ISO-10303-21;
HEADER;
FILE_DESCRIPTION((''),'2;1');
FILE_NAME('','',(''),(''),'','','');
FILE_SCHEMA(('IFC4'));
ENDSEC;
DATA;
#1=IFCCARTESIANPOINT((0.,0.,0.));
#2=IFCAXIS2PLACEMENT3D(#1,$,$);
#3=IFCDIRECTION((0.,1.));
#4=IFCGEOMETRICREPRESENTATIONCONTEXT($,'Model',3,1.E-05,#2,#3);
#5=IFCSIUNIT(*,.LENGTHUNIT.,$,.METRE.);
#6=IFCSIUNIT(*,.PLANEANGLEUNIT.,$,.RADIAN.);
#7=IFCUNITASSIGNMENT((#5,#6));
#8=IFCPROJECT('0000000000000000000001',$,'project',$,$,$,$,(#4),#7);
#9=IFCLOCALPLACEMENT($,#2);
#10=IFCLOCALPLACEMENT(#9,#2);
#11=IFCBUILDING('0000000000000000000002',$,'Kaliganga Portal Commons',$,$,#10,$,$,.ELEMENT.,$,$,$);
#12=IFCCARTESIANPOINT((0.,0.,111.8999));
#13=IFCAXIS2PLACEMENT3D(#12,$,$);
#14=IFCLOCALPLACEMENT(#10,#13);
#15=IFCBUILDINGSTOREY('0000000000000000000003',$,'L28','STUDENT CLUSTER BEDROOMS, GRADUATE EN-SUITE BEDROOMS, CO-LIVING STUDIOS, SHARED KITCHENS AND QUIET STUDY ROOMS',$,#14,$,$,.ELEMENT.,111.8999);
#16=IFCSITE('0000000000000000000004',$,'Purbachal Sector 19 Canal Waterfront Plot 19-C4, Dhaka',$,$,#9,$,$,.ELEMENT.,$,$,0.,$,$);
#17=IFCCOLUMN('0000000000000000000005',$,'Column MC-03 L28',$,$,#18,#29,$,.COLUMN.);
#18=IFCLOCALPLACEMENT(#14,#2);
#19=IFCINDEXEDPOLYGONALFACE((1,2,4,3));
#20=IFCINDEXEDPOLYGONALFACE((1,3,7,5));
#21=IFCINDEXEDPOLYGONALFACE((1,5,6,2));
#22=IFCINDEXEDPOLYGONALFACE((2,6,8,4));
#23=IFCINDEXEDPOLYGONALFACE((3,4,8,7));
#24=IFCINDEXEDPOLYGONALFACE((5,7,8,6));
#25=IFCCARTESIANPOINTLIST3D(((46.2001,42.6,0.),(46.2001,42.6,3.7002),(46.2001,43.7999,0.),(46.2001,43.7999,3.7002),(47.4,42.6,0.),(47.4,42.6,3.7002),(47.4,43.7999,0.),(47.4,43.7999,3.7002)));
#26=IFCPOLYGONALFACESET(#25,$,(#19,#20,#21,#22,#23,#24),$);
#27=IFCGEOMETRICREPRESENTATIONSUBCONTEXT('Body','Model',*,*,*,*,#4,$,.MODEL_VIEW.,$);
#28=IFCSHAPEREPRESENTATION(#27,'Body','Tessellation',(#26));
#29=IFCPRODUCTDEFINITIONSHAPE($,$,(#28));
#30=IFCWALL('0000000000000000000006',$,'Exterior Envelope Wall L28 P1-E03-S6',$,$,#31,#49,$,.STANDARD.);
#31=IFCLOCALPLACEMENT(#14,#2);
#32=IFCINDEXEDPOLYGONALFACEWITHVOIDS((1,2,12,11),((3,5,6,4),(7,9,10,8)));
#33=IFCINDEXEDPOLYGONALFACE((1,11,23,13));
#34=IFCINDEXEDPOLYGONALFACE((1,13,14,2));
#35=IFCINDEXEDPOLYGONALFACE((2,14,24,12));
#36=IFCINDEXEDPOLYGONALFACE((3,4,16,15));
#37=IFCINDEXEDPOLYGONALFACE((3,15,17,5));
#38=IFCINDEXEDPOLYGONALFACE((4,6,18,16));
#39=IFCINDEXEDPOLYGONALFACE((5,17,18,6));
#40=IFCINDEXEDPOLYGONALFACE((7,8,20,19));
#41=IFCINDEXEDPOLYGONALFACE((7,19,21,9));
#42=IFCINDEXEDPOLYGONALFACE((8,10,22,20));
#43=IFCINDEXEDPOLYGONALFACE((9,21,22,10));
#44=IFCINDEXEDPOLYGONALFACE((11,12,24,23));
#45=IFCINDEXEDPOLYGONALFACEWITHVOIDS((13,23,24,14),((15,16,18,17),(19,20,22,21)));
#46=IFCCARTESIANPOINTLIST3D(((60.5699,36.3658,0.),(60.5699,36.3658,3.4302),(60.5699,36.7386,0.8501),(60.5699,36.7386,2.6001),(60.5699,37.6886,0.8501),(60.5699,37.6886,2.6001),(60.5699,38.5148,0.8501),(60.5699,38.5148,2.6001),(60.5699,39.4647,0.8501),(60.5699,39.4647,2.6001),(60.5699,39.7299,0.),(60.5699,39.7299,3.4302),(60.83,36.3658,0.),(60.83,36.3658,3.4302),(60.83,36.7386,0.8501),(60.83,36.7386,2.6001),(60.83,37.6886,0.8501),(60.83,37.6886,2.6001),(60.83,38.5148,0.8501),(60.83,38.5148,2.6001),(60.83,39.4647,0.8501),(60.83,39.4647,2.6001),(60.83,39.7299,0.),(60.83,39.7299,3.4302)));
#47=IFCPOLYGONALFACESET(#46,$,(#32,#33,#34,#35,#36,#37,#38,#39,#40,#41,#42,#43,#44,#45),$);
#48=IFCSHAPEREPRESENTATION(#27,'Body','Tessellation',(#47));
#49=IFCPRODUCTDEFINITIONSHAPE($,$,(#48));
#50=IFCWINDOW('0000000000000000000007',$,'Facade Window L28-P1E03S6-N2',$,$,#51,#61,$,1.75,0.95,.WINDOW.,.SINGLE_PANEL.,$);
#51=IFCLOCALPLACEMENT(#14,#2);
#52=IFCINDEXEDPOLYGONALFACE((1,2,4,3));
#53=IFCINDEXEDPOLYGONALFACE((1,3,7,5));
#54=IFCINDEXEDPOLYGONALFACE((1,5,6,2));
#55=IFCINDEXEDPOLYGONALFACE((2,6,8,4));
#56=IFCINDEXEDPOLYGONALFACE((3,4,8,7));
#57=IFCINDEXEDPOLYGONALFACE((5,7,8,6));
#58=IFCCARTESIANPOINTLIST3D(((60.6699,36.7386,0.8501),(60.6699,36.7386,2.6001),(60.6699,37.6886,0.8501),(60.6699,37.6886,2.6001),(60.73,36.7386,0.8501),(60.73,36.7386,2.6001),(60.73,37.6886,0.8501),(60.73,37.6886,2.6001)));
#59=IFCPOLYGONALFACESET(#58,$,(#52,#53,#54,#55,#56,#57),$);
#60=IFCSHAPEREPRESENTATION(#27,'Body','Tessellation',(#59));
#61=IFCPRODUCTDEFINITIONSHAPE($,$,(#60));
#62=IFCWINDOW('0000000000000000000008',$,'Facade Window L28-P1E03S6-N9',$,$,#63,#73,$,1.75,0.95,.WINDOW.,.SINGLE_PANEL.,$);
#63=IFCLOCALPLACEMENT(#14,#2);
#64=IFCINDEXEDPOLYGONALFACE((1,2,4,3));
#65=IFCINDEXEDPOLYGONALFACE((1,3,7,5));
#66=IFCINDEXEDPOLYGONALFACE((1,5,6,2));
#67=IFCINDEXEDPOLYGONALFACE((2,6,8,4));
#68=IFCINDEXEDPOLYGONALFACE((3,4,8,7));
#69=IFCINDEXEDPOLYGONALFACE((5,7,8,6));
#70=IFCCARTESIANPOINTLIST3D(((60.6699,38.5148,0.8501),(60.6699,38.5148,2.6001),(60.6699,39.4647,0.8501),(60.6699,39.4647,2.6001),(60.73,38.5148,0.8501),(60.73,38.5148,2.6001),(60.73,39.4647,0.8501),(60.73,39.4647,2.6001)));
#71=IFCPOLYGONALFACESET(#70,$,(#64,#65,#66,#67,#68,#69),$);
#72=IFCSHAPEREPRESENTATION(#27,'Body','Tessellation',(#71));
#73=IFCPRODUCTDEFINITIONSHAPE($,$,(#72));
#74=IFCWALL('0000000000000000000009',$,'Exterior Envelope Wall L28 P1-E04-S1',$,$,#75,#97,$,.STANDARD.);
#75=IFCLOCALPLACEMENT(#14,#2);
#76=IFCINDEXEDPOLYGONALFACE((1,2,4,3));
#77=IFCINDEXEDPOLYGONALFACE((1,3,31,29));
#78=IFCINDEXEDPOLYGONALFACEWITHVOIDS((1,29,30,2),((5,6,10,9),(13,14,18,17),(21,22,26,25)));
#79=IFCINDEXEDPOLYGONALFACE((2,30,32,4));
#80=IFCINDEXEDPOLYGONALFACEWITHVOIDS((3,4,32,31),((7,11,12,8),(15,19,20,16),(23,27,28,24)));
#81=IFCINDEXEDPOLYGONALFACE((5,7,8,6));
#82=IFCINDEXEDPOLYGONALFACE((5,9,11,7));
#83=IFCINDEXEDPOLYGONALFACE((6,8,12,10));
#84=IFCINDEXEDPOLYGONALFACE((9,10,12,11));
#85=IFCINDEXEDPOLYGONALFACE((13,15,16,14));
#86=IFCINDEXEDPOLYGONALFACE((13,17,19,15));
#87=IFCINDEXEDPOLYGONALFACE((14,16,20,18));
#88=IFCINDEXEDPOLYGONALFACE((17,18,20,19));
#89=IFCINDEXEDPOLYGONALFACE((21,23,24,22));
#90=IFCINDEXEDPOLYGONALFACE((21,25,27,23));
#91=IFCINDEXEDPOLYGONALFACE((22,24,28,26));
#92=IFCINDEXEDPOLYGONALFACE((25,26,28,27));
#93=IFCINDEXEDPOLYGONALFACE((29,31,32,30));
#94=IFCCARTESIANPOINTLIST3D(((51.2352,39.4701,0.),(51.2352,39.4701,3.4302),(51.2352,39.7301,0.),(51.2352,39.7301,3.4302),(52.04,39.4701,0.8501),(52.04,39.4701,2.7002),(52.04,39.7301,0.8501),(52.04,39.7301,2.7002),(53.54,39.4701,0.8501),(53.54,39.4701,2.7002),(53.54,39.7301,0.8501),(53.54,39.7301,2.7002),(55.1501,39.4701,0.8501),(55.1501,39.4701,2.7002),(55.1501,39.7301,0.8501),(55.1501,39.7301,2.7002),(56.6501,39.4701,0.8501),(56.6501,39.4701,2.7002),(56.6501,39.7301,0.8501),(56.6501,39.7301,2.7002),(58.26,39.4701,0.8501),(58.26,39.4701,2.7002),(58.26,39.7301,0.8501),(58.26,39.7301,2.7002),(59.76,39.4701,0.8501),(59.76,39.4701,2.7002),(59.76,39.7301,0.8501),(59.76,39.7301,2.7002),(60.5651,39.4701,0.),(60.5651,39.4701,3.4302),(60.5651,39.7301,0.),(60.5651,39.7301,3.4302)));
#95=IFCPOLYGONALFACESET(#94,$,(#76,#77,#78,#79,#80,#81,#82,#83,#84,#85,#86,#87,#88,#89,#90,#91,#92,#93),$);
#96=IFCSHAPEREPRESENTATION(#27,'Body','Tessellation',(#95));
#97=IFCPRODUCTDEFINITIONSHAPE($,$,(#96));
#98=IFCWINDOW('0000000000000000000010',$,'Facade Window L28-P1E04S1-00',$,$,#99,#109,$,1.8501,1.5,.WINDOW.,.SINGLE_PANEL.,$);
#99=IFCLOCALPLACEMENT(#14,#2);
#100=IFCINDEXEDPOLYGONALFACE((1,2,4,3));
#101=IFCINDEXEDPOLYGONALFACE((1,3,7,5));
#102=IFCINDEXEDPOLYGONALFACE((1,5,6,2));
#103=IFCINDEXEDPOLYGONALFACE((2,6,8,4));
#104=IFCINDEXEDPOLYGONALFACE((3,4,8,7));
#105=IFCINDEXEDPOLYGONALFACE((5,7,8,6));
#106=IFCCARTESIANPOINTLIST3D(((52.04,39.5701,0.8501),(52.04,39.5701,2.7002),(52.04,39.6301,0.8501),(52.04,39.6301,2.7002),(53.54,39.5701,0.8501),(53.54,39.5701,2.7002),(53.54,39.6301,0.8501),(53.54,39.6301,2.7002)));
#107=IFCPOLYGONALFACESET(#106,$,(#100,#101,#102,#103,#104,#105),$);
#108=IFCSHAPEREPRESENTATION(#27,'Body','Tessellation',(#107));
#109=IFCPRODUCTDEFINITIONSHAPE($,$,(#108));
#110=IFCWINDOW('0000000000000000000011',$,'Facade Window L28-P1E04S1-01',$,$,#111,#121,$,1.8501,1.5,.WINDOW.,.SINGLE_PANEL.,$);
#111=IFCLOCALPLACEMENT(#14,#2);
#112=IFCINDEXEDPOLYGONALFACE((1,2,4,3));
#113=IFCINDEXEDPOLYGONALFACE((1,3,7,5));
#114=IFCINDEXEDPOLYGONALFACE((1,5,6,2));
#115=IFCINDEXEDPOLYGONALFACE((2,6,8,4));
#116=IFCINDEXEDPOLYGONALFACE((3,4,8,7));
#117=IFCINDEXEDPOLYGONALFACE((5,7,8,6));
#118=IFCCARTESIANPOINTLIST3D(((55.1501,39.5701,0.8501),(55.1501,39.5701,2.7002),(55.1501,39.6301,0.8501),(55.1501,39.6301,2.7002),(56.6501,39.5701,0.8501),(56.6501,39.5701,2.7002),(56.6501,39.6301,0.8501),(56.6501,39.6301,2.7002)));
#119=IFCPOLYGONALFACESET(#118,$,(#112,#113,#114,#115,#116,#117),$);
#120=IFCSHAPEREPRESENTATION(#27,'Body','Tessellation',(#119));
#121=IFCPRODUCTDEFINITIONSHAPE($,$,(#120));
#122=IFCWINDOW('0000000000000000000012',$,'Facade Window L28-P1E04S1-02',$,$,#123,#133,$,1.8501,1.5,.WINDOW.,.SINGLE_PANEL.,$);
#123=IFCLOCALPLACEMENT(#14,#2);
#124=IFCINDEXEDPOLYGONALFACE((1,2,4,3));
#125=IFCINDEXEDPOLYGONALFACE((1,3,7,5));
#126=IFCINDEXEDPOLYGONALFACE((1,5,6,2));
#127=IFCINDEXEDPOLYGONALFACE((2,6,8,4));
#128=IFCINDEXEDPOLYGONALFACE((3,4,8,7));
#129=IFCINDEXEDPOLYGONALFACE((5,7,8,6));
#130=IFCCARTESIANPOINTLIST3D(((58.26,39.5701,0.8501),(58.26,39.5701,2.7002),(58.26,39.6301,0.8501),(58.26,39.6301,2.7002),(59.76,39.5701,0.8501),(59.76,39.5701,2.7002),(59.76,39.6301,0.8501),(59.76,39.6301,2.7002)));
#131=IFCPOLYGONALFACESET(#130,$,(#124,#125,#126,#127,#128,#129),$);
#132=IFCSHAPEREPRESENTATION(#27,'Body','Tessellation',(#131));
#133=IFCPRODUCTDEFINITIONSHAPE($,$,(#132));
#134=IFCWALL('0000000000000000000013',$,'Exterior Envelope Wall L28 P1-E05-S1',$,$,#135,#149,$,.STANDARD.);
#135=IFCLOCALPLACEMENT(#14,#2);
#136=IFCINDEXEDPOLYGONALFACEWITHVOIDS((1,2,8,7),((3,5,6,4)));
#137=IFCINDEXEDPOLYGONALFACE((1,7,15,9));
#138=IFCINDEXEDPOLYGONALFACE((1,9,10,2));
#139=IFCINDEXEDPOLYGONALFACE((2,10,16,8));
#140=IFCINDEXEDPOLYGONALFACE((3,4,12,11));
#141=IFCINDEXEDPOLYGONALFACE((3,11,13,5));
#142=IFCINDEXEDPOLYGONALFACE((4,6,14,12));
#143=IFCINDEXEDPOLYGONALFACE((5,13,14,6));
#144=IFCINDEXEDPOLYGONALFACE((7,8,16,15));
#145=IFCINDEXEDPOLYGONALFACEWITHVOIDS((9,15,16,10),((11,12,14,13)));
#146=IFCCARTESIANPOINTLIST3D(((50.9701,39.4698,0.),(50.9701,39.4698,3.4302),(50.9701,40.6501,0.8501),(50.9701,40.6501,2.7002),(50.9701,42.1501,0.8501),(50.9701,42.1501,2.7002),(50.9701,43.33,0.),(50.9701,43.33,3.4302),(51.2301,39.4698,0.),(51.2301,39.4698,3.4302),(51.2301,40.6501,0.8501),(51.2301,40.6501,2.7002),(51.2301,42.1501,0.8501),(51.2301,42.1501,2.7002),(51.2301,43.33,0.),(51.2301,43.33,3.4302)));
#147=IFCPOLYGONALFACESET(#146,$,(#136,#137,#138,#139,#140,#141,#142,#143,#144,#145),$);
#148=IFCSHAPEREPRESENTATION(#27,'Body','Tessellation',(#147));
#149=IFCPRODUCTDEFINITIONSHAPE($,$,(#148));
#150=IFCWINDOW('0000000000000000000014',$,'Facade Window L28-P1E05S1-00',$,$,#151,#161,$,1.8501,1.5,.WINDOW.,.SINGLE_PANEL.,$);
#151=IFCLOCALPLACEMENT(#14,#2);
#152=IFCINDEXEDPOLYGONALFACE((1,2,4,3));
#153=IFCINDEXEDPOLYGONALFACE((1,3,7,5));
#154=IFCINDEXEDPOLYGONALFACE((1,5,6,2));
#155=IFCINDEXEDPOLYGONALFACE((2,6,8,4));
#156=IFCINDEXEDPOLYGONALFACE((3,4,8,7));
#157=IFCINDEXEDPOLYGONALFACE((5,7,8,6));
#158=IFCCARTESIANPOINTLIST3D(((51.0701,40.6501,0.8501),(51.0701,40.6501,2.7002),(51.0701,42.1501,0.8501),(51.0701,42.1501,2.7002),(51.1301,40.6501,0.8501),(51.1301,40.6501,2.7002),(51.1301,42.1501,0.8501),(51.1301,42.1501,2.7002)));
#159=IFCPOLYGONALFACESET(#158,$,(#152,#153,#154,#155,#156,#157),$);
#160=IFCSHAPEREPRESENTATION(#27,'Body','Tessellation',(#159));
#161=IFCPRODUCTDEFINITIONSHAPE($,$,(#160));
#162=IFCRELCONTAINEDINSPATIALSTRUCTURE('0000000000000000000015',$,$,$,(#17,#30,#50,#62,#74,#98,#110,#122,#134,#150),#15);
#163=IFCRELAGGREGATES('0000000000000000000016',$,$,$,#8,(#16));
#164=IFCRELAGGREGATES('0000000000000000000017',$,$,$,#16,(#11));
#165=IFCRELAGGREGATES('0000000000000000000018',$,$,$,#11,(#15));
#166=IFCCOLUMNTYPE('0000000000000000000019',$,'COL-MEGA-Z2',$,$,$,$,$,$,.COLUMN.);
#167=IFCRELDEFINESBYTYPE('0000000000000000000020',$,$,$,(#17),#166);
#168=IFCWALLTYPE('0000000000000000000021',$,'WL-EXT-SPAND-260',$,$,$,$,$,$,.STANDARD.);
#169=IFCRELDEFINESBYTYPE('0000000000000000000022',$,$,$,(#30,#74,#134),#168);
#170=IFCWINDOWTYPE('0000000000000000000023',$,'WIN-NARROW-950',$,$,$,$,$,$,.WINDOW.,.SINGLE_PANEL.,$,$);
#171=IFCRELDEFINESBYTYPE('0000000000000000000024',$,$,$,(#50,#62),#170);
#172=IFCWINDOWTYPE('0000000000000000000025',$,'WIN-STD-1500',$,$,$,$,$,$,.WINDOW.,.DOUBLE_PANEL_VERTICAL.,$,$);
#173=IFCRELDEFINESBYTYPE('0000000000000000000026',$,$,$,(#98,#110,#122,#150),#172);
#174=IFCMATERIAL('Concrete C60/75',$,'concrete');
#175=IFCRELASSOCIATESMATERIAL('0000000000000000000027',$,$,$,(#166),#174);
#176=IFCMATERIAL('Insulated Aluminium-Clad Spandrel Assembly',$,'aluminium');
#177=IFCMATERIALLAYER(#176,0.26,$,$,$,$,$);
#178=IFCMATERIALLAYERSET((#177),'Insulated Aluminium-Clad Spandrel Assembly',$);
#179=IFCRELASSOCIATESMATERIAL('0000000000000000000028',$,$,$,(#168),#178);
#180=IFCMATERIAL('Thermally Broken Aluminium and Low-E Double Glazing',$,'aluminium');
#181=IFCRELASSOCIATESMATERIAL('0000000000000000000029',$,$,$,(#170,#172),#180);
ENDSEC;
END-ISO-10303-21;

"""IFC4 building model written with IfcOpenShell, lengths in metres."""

from ifc_helpers import new_model, si_unit, direction, frame, frame_2d, origin, origin_2d, place, context, subcontext, project, spatial, rectangle, extrude, source, transform, mapped, material, layer, layer_set, material_profile, profile_set, type_object, element, fill, save


model = new_model("IFC4")

# Units and contexts
model_context = context("Model", 3, precision=1e-05, world=origin(), true_north=direction((0.0, 1.0)))
body_context = subcontext(model_context, "Body", "Model", "MODEL_VIEW")
ifc_project = project(units=[si_unit("LENGTHUNIT", "METRE"), si_unit("PLANEANGLEUNIT", "RADIAN")], contexts=[model_context])

# Site, building, storey
site_placement = place(None, origin())
site = spatial("IfcSite", under=ifc_project, at=site_placement, Name="Purbachal Sector 19 Canal Waterfront Plot 19-C4, Dhaka", CompositionType="ELEMENT", RefElevation=0.0)
building_placement = place(site_placement, origin())
building = spatial("IfcBuilding", under=site, at=building_placement, Name="Kaliganga Portal Commons", CompositionType="ELEMENT")
storey_placement = place(building_placement, frame((0.0, 0.0, 111.8999)))
storey = spatial("IfcBuildingStorey", under=building, at=storey_placement, Name="L28", Description="STUDENT CLUSTER BEDROOMS, GRADUATE EN-SUITE BEDROOMS, CO-LIVING STUDIOS, SHARED KITCHENS AND QUIET STUDY ROOMS", CompositionType="ELEMENT", Elevation=111.8999)

# Column
ifc_material_1 = material(Name="Concrete C60/75", Category="concrete")
ifc_material_profile = material_profile(ifc_material_1, rectangle(XDim=1.2, YDim=1.2, at=origin_2d()), Name="RC 1200x1200")
ifc_profile_set = profile_set([ifc_material_profile], Name="Concrete C60/75")
column_type = type_object("IfcColumnType", Name="COL-MEGA-Z2", PredefinedType="COLUMN", material=ifc_profile_set)
shared_shape = source(origin(), body_context, "Body", "SweptSolid", [
    extrude(rectangle(XDim=1.2, YDim=1.2, at=origin_2d()), origin(), (0.0, 0.0, 1.0), 3.7002),
])
column_placement = place(storey_placement, frame((46.8, 43.2, 0.0), z_axis=(0.0, 0.0, 1.0), x_axis=(1.0, 0.0, 0.0)))
element("IfcColumn", 1, at=column_placement, inside=storey, type_object=column_type, Name="Column MC-03 L28", PredefinedType="COLUMN", context=body_context, shape_type="MappedRepresentation", body=[
    mapped(shared_shape, transform((0.0, 0.0, 0.0), x_axis=(1.0, 0.0, 0.0), y_axis=(0.0, 1.0, 0.0), z_axis=(0.0, 0.0, 1.0), scale=1.0)),
])

# Walls, openings, windows
ifc_material_2 = material(Name="Insulated Aluminium-Clad Spandrel Assembly", Category="aluminium")
ifc_layer_1 = layer(ifc_material_2, 0.26)
ifc_layer_set_1 = layer_set([ifc_layer_1], Name="Insulated Aluminium-Clad Spandrel Assembly")
wall_type_1 = type_object("IfcWallType", Name="WL-EXT-SPAND-260", PredefinedType="STANDARD", material=ifc_layer_set_1)
wall_1_placement = place(storey_placement, frame((60.7, 39.73, 0.0), z_axis=(0.0, 0.0, 1.0), x_axis=(0.0, -1.0, 0.0)))
wall_1 = element("IfcWall", 2, at=wall_1_placement, inside=storey, type_object=wall_type_1, Name="Exterior Envelope Wall L28 P1-E03-S6", PredefinedType="STANDARD", context=body_context, shape_type="SweptSolid", body=[
    extrude(rectangle(XDim=3.364, YDim=0.26, at=frame_2d((1.6821, 0.0))), origin(), (0.0, 0.0, 1.0), 3.4302),
])
opening_1_placement = place(wall_1_placement, frame((2.0413, 0.0, 0.8501)))
opening_1 = element("IfcOpeningElement", 3, at=opening_1_placement, cuts=wall_1, PredefinedType="OPENING", context=body_context, shape_type="SweptSolid", body=[
    extrude(rectangle(XDim=0.95, YDim=1.75, at=frame_2d((0.4751, 0.875))), frame((0.0, 0.1401, 0.0), z_axis=(0.0, -1.0, 0.0), x_axis=(1.0, 0.0, 0.0)), (0.0, 0.0, 1.0), 0.28),
])
opening_2_placement = place(wall_1_placement, frame((0.2651, 0.0, 0.8501)))
opening_2 = element("IfcOpeningElement", 4, at=opening_2_placement, cuts=wall_1, PredefinedType="OPENING", context=body_context, shape_type="SweptSolid", body=[
    extrude(rectangle(XDim=0.95, YDim=1.75, at=frame_2d((0.4751, 0.875))), frame((0.0, 0.1401, 0.0), z_axis=(0.0, -1.0, 0.0), x_axis=(1.0, 0.0, 0.0)), (0.0, 0.0, 1.0), 0.28),
])
ifc_material_3 = material(Name="Thermally Broken Aluminium and Low-E Double Glazing", Category="aluminium")
window_type_1 = type_object("IfcWindowType", Name="WIN-NARROW-950", PartitioningType="SINGLE_PANEL", PredefinedType="WINDOW", material=ifc_material_3)
window_1_placement = place(opening_1_placement, origin())
window_1 = element("IfcWindow", 5, at=window_1_placement, inside=storey, type_object=window_type_1, Name="Facade Window L28-P1E03S6-N2", OverallHeight=1.75, OverallWidth=0.95, PartitioningType="SINGLE_PANEL", PredefinedType="WINDOW", context=body_context, shape_type="SweptSolid", body=[
    extrude(rectangle(XDim=0.95, YDim=1.75, at=frame_2d((0.4751, 0.875))), frame((0.0, 0.03, 0.0), z_axis=(0.0, -1.0, 0.0), x_axis=(1.0, 0.0, 0.0)), (0.0, 0.0, 1.0), 0.0601),
])
fill(opening_1, window_1)
window_2_placement = place(opening_2_placement, origin())
window_2 = element("IfcWindow", 6, at=window_2_placement, inside=storey, type_object=window_type_1, Name="Facade Window L28-P1E03S6-N9", OverallHeight=1.75, OverallWidth=0.95, PartitioningType="SINGLE_PANEL", PredefinedType="WINDOW", context=body_context, shape_type="SweptSolid", body=[
    extrude(rectangle(XDim=0.95, YDim=1.75, at=frame_2d((0.4751, 0.875))), frame((0.0, 0.03, 0.0), z_axis=(0.0, -1.0, 0.0), x_axis=(1.0, 0.0, 0.0)), (0.0, 0.0, 1.0), 0.0601),
])
fill(opening_2, window_2)
wall_2_placement = place(storey_placement, frame((51.2351, 39.6001, 0.0), z_axis=(0.0, 0.0, 1.0), x_axis=(1.0, 0.0, 0.0)))
wall_2 = element("IfcWall", 7, at=wall_2_placement, inside=storey, type_object=wall_type_1, Name="Exterior Envelope Wall L28 P1-E04-S1", PredefinedType="STANDARD", context=body_context, shape_type="SweptSolid", body=[
    extrude(rectangle(XDim=9.3298, YDim=0.26, at=frame_2d((4.665, 0.0))), origin(), (0.0, 0.0, 1.0), 3.4302),
])
opening_3_placement = place(wall_2_placement, frame((0.8049, 0.0, 0.8501)))
opening_3 = element("IfcOpeningElement", 8, at=opening_3_placement, cuts=wall_2, PredefinedType="OPENING", context=body_context, shape_type="SweptSolid", body=[
    extrude(rectangle(XDim=1.5, YDim=1.8501, at=frame_2d((0.75, 0.925))), frame((0.0, 0.1401, 0.0), z_axis=(0.0, -1.0, 0.0), x_axis=(1.0, 0.0, 0.0)), (0.0, 0.0, 1.0), 0.28),
])
opening_4_placement = place(wall_2_placement, frame((3.915, 0.0, 0.8501)))
opening_4 = element("IfcOpeningElement", 9, at=opening_4_placement, cuts=wall_2, PredefinedType="OPENING", context=body_context, shape_type="SweptSolid", body=[
    extrude(rectangle(XDim=1.5, YDim=1.8501, at=frame_2d((0.75, 0.925))), frame((0.0, 0.1401, 0.0), z_axis=(0.0, -1.0, 0.0), x_axis=(1.0, 0.0, 0.0)), (0.0, 0.0, 1.0), 0.28),
])
opening_5_placement = place(wall_2_placement, frame((7.0249, 0.0, 0.8501)))
opening_5 = element("IfcOpeningElement", 10, at=opening_5_placement, cuts=wall_2, PredefinedType="OPENING", context=body_context, shape_type="SweptSolid", body=[
    extrude(rectangle(XDim=1.5, YDim=1.8501, at=frame_2d((0.75, 0.925))), frame((0.0, 0.1401, 0.0), z_axis=(0.0, -1.0, 0.0), x_axis=(1.0, 0.0, 0.0)), (0.0, 0.0, 1.0), 0.28),
])
window_type_2 = type_object("IfcWindowType", Name="WIN-STD-1500", PartitioningType="DOUBLE_PANEL_VERTICAL", PredefinedType="WINDOW", material=ifc_material_3)
window_3_placement = place(opening_3_placement, origin())
window_3 = element("IfcWindow", 11, at=window_3_placement, inside=storey, type_object=window_type_2, Name="Facade Window L28-P1E04S1-00", OverallHeight=1.8501, OverallWidth=1.5, PartitioningType="SINGLE_PANEL", PredefinedType="WINDOW", context=body_context, shape_type="SweptSolid", body=[
    extrude(rectangle(XDim=1.5, YDim=1.8501, at=frame_2d((0.75, 0.925))), frame((0.0, 0.03, 0.0), z_axis=(0.0, -1.0, 0.0), x_axis=(1.0, 0.0, 0.0)), (0.0, 0.0, 1.0), 0.0601),
])
fill(opening_3, window_3)
window_4_placement = place(opening_4_placement, origin())
window_4 = element("IfcWindow", 12, at=window_4_placement, inside=storey, type_object=window_type_2, Name="Facade Window L28-P1E04S1-01", OverallHeight=1.8501, OverallWidth=1.5, PartitioningType="SINGLE_PANEL", PredefinedType="WINDOW", context=body_context, shape_type="SweptSolid", body=[
    extrude(rectangle(XDim=1.5, YDim=1.8501, at=frame_2d((0.75, 0.925))), frame((0.0, 0.03, 0.0), z_axis=(0.0, -1.0, 0.0), x_axis=(1.0, 0.0, 0.0)), (0.0, 0.0, 1.0), 0.0601),
])
fill(opening_4, window_4)
window_5_placement = place(opening_5_placement, origin())
window_5 = element("IfcWindow", 13, at=window_5_placement, inside=storey, type_object=window_type_2, Name="Facade Window L28-P1E04S1-02", OverallHeight=1.8501, OverallWidth=1.5, PartitioningType="SINGLE_PANEL", PredefinedType="WINDOW", context=body_context, shape_type="SweptSolid", body=[
    extrude(rectangle(XDim=1.5, YDim=1.8501, at=frame_2d((0.75, 0.925))), frame((0.0, 0.03, 0.0), z_axis=(0.0, -1.0, 0.0), x_axis=(1.0, 0.0, 0.0)), (0.0, 0.0, 1.0), 0.0601),
])
fill(opening_5, window_5)

# Wall, opening, window
wall_3_placement = place(storey_placement, frame((51.1001, 43.3301, 0.0), z_axis=(0.0, 0.0, 1.0), x_axis=(0.0, -1.0, 0.0)))
wall_3 = element("IfcWall", 14, at=wall_3_placement, inside=storey, type_object=wall_type_1, Name="Exterior Envelope Wall L28 P1-E05-S1", PredefinedType="STANDARD", context=body_context, shape_type="SweptSolid", body=[
    extrude(rectangle(XDim=3.8601, YDim=0.26, at=frame_2d((1.9302, 0.0))), origin(), (0.0, 0.0, 1.0), 3.4302),
])
opening_6_placement = place(wall_3_placement, frame((1.1799, 0.0, 0.8501)))
opening_6 = element("IfcOpeningElement", 15, at=opening_6_placement, cuts=wall_3, PredefinedType="OPENING", context=body_context, shape_type="SweptSolid", body=[
    extrude(rectangle(XDim=1.5, YDim=1.8501, at=frame_2d((0.75, 0.925))), frame((0.0, 0.1401, 0.0), z_axis=(0.0, -1.0, 0.0), x_axis=(1.0, 0.0, 0.0)), (0.0, 0.0, 1.0), 0.28),
])
window_6_placement = place(opening_6_placement, origin())
window_6 = element("IfcWindow", 16, at=window_6_placement, inside=storey, type_object=window_type_2, Name="Facade Window L28-P1E05S1-00", OverallHeight=1.8501, OverallWidth=1.5, PartitioningType="SINGLE_PANEL", PredefinedType="WINDOW", context=body_context, shape_type="SweptSolid", body=[
    extrude(rectangle(XDim=1.5, YDim=1.8501, at=frame_2d((0.75, 0.925))), frame((0.0, 0.03, 0.0), z_axis=(0.0, -1.0, 0.0), x_axis=(1.0, 0.0, 0.0)), (0.0, 0.0, 1.0), 0.0601),
])
fill(opening_6, window_6)

save(model, "model.ifc")
